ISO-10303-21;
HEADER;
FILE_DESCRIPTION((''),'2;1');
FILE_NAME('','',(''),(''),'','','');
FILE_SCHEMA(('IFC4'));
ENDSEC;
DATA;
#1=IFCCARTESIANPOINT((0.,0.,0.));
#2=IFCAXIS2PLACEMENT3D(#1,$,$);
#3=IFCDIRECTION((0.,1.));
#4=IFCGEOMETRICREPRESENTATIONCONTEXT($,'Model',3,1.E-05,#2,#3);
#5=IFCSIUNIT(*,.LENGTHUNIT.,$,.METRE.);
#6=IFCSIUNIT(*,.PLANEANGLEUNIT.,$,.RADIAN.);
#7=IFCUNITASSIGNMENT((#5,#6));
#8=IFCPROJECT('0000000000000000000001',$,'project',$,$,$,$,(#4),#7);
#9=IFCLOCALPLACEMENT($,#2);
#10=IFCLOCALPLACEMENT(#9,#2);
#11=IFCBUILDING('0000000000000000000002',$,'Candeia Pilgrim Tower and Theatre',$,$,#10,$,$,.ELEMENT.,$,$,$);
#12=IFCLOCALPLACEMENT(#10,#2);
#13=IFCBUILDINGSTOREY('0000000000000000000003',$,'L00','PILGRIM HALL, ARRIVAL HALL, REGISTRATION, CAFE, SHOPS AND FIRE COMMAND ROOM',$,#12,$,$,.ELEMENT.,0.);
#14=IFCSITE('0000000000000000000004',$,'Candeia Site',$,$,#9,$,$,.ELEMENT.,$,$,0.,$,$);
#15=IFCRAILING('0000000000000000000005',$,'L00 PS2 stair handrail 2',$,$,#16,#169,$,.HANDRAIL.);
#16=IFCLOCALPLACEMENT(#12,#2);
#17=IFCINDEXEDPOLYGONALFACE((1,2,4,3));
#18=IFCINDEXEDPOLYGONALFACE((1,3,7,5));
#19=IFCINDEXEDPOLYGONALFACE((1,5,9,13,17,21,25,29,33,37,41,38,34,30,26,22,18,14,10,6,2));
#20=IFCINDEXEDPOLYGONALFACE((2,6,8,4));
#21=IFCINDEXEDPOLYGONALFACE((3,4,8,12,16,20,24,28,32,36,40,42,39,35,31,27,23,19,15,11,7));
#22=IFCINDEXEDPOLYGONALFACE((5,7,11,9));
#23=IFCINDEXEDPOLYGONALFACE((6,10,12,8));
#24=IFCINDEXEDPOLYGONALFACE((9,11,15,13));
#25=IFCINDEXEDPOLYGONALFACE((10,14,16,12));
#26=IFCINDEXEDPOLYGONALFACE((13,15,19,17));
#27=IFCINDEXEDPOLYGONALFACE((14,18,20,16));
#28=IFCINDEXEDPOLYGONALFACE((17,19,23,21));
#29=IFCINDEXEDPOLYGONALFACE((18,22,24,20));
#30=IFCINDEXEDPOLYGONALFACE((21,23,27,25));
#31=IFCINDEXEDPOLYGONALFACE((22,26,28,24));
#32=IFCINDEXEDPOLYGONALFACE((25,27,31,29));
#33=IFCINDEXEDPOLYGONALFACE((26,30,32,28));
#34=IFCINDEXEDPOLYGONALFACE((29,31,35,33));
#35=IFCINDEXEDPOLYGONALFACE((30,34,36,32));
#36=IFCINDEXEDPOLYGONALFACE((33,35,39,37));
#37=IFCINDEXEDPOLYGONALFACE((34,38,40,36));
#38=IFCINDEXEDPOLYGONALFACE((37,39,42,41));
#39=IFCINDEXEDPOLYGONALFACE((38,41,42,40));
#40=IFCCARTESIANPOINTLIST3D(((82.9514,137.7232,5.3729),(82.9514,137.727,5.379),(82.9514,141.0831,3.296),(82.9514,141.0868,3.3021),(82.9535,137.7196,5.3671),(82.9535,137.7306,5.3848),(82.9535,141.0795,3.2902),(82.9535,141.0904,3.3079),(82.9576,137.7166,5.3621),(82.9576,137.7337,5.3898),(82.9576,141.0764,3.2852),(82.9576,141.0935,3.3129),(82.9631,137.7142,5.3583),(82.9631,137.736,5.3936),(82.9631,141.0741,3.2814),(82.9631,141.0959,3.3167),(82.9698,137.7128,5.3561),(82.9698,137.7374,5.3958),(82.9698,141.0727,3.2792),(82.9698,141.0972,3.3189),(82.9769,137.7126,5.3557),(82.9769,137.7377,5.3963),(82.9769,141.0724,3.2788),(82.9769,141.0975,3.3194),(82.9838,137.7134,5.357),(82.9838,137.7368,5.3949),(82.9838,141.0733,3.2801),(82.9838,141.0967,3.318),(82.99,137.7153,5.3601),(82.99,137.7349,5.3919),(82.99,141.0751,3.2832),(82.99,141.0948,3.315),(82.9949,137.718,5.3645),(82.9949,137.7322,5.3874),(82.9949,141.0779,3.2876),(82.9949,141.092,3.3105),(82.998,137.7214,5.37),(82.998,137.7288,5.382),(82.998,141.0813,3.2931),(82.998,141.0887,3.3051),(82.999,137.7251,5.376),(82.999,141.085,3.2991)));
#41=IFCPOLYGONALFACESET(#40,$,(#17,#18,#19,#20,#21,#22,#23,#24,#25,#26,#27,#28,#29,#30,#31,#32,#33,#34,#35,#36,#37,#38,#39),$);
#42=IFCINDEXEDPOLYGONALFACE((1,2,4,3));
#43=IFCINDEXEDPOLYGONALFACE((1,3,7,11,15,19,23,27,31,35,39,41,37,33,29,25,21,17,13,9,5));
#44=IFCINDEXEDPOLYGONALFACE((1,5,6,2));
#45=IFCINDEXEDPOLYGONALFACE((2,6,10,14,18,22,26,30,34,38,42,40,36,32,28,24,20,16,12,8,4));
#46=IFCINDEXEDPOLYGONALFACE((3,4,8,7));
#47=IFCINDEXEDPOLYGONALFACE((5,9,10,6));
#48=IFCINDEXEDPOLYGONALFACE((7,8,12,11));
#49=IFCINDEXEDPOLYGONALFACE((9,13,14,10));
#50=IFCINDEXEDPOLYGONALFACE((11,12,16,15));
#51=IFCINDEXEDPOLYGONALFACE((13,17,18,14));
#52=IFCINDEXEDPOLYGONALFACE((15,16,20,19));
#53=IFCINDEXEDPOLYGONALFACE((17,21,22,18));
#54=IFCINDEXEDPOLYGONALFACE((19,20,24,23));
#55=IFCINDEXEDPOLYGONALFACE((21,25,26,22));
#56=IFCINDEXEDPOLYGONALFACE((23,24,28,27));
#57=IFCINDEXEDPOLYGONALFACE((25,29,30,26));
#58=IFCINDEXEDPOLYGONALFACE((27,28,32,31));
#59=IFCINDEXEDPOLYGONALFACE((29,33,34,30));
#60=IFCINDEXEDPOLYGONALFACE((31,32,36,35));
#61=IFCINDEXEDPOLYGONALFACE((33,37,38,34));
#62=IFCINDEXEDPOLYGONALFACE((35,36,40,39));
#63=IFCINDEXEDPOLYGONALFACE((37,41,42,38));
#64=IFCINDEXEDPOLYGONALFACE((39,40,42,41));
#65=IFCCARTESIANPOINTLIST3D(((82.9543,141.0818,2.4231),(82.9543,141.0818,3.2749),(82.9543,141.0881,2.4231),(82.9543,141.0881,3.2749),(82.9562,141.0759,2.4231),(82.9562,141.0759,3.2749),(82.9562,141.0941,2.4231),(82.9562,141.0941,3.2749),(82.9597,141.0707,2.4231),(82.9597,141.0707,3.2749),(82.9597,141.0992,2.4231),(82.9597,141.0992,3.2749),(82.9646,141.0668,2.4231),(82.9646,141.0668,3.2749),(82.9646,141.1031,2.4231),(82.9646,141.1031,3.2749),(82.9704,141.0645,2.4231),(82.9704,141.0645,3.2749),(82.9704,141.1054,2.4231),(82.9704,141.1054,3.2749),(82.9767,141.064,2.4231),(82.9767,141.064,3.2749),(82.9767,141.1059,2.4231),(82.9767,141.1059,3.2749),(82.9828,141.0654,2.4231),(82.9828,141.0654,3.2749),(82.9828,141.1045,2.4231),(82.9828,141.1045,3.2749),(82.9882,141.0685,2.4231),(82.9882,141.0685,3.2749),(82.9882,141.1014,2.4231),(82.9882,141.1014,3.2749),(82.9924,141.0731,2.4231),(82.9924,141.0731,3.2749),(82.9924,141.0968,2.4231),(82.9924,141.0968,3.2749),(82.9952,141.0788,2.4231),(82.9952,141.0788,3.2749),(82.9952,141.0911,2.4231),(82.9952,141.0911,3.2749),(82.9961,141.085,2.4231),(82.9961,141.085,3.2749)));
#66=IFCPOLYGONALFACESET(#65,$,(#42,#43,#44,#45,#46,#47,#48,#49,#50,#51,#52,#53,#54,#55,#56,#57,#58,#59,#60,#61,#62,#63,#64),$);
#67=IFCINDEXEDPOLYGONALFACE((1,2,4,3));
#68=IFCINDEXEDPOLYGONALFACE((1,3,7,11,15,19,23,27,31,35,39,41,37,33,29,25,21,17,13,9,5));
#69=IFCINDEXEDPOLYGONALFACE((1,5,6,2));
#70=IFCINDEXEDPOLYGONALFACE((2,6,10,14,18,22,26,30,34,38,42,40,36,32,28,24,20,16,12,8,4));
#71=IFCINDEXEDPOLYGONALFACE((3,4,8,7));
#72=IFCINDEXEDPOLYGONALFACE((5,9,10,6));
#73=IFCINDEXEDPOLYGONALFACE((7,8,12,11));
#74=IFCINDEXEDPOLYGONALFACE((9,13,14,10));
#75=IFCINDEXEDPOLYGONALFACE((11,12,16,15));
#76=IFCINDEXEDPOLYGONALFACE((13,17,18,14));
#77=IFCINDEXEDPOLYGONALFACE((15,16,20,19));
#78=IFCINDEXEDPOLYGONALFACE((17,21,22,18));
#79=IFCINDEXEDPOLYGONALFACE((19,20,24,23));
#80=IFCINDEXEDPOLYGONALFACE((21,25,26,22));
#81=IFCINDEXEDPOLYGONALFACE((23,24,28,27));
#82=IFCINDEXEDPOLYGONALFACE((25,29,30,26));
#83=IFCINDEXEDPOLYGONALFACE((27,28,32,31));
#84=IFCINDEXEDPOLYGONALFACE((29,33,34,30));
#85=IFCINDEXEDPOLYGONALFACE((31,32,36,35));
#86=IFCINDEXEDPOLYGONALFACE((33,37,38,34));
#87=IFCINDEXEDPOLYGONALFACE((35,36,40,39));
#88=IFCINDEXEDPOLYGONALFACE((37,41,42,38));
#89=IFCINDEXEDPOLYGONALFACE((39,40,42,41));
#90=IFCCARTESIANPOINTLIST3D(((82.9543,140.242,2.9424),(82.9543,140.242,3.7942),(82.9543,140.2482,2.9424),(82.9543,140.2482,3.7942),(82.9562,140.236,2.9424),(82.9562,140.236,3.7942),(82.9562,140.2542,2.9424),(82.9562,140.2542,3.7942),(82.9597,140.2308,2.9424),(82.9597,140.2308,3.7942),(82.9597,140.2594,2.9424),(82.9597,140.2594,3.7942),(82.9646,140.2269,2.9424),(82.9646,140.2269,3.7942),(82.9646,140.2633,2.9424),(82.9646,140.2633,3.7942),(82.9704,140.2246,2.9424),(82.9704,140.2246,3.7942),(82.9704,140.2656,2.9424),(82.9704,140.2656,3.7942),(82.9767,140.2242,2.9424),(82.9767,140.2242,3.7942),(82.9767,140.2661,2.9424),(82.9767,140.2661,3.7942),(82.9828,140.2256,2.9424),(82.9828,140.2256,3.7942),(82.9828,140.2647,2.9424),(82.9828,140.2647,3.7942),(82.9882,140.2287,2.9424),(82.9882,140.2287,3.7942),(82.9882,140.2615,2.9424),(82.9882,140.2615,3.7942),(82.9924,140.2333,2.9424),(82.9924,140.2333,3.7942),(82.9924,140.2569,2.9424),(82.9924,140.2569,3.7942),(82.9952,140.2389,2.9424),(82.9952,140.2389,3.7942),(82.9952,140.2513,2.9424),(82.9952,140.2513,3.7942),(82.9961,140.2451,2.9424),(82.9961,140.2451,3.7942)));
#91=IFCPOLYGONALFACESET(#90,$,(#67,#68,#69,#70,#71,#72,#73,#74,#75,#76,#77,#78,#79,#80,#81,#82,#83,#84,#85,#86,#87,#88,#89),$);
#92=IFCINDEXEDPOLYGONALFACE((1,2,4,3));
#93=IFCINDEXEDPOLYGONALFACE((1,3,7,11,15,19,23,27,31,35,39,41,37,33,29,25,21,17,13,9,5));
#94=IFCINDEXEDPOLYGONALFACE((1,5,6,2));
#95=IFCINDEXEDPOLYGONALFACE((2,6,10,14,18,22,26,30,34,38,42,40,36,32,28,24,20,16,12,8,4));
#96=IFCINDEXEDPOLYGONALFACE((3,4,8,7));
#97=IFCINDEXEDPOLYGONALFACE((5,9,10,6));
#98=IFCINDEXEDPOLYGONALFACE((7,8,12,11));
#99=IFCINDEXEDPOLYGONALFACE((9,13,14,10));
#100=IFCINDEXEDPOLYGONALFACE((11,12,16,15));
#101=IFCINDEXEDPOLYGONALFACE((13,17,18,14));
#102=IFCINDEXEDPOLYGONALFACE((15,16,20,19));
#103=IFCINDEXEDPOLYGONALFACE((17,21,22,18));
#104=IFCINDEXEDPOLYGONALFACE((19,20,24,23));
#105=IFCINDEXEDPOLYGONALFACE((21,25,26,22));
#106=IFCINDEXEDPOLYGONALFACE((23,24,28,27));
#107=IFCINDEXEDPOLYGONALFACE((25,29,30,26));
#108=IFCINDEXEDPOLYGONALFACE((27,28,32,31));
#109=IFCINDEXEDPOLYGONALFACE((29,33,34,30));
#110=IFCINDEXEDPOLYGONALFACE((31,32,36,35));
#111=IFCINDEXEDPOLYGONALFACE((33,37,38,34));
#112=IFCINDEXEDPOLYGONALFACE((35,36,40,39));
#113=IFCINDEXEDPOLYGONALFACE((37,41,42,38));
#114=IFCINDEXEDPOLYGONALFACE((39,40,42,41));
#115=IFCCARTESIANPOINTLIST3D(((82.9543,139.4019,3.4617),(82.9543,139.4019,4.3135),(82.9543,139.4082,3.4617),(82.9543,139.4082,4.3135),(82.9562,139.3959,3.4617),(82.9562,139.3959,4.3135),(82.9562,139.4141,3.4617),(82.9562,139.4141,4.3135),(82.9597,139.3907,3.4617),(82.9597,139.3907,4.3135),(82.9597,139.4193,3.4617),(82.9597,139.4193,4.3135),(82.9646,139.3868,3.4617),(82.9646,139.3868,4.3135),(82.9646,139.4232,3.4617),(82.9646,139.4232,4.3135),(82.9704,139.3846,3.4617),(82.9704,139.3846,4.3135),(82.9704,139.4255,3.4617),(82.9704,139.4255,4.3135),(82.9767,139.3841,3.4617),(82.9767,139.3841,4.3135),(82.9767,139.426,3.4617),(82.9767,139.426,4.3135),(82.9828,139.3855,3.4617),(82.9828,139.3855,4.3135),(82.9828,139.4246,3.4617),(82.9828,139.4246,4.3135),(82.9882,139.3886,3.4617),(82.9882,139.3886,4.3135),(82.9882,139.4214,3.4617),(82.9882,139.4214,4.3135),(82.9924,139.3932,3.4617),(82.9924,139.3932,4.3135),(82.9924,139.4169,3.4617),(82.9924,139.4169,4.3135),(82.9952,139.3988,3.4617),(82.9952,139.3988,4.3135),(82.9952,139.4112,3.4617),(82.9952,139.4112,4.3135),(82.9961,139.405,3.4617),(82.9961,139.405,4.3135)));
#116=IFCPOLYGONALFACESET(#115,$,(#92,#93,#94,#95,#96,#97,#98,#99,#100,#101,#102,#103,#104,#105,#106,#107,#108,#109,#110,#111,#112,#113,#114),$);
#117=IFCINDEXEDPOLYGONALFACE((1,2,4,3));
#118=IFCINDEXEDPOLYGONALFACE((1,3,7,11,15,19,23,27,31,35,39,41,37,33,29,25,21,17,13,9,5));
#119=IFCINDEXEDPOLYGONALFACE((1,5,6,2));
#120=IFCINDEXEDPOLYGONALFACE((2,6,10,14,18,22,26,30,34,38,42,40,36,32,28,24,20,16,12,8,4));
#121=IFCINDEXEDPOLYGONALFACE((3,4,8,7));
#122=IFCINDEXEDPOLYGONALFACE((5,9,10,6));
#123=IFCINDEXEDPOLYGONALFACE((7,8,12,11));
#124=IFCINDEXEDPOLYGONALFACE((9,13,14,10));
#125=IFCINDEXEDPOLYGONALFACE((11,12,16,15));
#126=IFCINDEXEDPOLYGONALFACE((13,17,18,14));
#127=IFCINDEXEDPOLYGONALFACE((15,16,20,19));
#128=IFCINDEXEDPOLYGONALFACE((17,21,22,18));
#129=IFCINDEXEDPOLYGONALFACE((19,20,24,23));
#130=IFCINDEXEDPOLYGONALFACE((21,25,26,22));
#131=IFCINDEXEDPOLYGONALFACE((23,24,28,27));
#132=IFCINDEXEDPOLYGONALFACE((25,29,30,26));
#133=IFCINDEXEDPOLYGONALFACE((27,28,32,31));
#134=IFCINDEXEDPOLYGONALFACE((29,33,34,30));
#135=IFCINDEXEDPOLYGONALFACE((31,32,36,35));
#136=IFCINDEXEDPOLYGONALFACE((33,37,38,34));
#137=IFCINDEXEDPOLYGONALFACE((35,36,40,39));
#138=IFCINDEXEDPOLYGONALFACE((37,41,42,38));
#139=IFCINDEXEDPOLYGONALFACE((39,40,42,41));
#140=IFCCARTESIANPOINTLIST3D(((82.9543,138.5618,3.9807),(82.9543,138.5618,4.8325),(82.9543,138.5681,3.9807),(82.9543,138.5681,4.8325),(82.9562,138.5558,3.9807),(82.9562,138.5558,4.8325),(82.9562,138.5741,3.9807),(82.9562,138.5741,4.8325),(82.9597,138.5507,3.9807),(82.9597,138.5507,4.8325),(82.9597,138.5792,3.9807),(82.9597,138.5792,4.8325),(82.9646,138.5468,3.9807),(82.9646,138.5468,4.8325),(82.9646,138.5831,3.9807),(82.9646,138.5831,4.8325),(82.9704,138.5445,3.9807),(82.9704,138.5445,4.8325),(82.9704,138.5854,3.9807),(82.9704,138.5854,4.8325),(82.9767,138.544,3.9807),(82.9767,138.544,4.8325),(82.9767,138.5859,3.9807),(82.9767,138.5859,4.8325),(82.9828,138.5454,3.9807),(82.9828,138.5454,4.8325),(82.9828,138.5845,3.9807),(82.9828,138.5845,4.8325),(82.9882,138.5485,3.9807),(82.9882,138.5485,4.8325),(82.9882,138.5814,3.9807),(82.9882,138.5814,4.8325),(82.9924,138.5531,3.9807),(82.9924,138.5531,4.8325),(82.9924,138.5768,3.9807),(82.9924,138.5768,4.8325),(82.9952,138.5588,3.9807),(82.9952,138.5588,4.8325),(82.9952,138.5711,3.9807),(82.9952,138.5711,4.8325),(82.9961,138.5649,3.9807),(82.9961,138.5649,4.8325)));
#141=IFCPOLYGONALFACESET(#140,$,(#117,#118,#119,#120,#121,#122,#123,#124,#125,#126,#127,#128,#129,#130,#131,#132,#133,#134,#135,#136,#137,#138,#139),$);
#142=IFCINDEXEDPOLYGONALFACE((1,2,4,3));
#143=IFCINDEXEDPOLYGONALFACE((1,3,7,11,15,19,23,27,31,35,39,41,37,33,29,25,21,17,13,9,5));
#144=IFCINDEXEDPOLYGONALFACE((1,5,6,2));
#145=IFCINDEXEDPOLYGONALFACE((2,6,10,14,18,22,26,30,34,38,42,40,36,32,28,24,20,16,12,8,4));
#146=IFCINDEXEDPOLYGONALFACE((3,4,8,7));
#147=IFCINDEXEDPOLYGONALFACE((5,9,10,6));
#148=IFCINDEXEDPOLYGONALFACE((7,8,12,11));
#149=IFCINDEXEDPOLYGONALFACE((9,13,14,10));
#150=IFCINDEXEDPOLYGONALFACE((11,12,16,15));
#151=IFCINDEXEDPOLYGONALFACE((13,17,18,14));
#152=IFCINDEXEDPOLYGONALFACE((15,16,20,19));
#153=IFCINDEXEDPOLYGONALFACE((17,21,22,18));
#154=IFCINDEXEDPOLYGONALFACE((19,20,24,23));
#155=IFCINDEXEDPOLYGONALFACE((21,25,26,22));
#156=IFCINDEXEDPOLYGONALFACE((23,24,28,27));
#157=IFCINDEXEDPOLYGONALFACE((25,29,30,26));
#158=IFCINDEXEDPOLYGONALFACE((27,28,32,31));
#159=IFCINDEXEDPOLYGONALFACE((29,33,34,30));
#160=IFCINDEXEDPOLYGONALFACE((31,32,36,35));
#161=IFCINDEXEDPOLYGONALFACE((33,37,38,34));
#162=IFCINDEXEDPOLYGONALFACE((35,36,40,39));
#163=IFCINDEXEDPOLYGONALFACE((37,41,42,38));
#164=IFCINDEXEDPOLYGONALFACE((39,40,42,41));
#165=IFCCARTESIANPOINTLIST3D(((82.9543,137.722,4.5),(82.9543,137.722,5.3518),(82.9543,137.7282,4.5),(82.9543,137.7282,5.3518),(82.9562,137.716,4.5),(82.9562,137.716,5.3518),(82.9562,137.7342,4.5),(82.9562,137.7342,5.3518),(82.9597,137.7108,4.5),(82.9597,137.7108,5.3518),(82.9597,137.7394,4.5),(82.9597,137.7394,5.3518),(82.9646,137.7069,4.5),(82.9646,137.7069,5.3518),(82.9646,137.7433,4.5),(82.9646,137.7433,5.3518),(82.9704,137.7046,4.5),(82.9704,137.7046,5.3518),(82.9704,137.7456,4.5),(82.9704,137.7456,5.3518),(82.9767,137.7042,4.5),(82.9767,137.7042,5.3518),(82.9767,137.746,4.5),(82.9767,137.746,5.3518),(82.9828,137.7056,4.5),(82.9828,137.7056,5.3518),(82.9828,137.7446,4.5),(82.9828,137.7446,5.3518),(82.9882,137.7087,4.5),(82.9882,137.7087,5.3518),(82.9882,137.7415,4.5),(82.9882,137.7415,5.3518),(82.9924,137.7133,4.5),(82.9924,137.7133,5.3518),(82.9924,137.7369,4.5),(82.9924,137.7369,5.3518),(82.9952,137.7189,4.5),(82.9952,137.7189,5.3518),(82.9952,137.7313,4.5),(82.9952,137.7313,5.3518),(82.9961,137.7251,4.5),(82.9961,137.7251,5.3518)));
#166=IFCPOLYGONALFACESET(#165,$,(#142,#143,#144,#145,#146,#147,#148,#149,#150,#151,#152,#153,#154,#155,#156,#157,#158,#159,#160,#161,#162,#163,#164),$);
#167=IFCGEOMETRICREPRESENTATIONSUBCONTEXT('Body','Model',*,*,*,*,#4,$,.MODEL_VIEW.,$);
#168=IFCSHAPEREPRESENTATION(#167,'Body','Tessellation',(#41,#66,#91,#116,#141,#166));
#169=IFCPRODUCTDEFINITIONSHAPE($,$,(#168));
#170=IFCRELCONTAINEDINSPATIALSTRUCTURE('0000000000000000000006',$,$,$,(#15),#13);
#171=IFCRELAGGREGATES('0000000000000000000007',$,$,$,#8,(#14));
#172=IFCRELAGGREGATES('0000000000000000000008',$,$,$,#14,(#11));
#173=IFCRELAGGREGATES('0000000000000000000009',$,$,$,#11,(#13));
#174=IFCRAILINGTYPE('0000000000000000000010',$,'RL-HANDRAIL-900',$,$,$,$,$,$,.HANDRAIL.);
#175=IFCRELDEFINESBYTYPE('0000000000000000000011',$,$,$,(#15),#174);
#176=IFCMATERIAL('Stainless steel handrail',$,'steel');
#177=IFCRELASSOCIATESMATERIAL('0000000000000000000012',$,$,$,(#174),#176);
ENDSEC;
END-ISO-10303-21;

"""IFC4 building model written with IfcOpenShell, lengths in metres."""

from ifc_helpers import new_model, si_unit, direction, frame, origin, origin_2d, place, context, subcontext, project, spatial, circle, extrude, material, type_object, element, save


model = new_model("IFC4")

# Units and contexts
model_context = context("Model", 3, precision=1e-05, world=origin(), true_north=direction((0.0, 1.0)))
body_context = subcontext(model_context, "Body", "Model", "MODEL_VIEW")
ifc_project = project(units=[si_unit("LENGTHUNIT", "METRE"), si_unit("PLANEANGLEUNIT", "RADIAN")], contexts=[model_context])

# Site, building, storey
site_placement = place(None, origin())
site = spatial("IfcSite", under=ifc_project, at=site_placement, Name="Candeia Site", CompositionType="ELEMENT", RefElevation=0.0)
building_placement = place(site_placement, origin())
building = spatial("IfcBuilding", under=site, at=building_placement, Name="Candeia Pilgrim Tower and Theatre", CompositionType="ELEMENT")
storey_placement = place(building_placement, origin())
storey = spatial("IfcBuildingStorey", under=building, at=storey_placement, Name="L00", Description="PILGRIM HALL, ARRIVAL HALL, REGISTRATION, CAFE, SHOPS AND FIRE COMMAND ROOM", CompositionType="ELEMENT", Elevation=0.0)

# Railing
ifc_material_1 = material(Name="Stainless steel handrail", Category="steel")
railing_type_1 = type_object("IfcRailingType", Name="RL-HANDRAIL-900", PredefinedType="HANDRAIL", material=ifc_material_1)
railing_1_placement = place(storey_placement, frame((82.9751, 141.085, 2.4231)))
element("IfcRailing", 1, at=railing_1_placement, inside=storey, type_object=railing_type_1, Name="L00 PS2 stair handrail 2", PredefinedType="HANDRAIL", context=body_context, shape_type="SweptSolid", body=[
    extrude(circle(Radius=0.0239, at=origin_2d()), frame((0.0, 0.0, 0.876), z_axis=(0.0, -0.850606, 0.525803), x_axis=(1.0, 0.0, 0.0)), (0.0, 0.0, 1.0), 3.95),
    extrude(circle(Radius=0.021, at=origin_2d()), origin(), (0.0, 0.0, 1.0), 0.8518),
    extrude(circle(Radius=0.021, at=origin_2d()), frame((0.0, -0.8398, 0.5193)), (0.0, 0.0, 1.0), 0.8518),
    extrude(circle(Radius=0.021, at=origin_2d()), frame((0.0, -1.6799, 1.0386)), (0.0, 0.0, 1.0), 0.8518),
    extrude(circle(Radius=0.021, at=origin_2d()), frame((0.0, -2.52, 1.5576)), (0.0, 0.0, 1.0), 0.8518),
    extrude(circle(Radius=0.021, at=origin_2d()), frame((0.0, -3.3599, 2.0769)), (0.0, 0.0, 1.0), 0.8518),
])

save(model, "model.ifc")
